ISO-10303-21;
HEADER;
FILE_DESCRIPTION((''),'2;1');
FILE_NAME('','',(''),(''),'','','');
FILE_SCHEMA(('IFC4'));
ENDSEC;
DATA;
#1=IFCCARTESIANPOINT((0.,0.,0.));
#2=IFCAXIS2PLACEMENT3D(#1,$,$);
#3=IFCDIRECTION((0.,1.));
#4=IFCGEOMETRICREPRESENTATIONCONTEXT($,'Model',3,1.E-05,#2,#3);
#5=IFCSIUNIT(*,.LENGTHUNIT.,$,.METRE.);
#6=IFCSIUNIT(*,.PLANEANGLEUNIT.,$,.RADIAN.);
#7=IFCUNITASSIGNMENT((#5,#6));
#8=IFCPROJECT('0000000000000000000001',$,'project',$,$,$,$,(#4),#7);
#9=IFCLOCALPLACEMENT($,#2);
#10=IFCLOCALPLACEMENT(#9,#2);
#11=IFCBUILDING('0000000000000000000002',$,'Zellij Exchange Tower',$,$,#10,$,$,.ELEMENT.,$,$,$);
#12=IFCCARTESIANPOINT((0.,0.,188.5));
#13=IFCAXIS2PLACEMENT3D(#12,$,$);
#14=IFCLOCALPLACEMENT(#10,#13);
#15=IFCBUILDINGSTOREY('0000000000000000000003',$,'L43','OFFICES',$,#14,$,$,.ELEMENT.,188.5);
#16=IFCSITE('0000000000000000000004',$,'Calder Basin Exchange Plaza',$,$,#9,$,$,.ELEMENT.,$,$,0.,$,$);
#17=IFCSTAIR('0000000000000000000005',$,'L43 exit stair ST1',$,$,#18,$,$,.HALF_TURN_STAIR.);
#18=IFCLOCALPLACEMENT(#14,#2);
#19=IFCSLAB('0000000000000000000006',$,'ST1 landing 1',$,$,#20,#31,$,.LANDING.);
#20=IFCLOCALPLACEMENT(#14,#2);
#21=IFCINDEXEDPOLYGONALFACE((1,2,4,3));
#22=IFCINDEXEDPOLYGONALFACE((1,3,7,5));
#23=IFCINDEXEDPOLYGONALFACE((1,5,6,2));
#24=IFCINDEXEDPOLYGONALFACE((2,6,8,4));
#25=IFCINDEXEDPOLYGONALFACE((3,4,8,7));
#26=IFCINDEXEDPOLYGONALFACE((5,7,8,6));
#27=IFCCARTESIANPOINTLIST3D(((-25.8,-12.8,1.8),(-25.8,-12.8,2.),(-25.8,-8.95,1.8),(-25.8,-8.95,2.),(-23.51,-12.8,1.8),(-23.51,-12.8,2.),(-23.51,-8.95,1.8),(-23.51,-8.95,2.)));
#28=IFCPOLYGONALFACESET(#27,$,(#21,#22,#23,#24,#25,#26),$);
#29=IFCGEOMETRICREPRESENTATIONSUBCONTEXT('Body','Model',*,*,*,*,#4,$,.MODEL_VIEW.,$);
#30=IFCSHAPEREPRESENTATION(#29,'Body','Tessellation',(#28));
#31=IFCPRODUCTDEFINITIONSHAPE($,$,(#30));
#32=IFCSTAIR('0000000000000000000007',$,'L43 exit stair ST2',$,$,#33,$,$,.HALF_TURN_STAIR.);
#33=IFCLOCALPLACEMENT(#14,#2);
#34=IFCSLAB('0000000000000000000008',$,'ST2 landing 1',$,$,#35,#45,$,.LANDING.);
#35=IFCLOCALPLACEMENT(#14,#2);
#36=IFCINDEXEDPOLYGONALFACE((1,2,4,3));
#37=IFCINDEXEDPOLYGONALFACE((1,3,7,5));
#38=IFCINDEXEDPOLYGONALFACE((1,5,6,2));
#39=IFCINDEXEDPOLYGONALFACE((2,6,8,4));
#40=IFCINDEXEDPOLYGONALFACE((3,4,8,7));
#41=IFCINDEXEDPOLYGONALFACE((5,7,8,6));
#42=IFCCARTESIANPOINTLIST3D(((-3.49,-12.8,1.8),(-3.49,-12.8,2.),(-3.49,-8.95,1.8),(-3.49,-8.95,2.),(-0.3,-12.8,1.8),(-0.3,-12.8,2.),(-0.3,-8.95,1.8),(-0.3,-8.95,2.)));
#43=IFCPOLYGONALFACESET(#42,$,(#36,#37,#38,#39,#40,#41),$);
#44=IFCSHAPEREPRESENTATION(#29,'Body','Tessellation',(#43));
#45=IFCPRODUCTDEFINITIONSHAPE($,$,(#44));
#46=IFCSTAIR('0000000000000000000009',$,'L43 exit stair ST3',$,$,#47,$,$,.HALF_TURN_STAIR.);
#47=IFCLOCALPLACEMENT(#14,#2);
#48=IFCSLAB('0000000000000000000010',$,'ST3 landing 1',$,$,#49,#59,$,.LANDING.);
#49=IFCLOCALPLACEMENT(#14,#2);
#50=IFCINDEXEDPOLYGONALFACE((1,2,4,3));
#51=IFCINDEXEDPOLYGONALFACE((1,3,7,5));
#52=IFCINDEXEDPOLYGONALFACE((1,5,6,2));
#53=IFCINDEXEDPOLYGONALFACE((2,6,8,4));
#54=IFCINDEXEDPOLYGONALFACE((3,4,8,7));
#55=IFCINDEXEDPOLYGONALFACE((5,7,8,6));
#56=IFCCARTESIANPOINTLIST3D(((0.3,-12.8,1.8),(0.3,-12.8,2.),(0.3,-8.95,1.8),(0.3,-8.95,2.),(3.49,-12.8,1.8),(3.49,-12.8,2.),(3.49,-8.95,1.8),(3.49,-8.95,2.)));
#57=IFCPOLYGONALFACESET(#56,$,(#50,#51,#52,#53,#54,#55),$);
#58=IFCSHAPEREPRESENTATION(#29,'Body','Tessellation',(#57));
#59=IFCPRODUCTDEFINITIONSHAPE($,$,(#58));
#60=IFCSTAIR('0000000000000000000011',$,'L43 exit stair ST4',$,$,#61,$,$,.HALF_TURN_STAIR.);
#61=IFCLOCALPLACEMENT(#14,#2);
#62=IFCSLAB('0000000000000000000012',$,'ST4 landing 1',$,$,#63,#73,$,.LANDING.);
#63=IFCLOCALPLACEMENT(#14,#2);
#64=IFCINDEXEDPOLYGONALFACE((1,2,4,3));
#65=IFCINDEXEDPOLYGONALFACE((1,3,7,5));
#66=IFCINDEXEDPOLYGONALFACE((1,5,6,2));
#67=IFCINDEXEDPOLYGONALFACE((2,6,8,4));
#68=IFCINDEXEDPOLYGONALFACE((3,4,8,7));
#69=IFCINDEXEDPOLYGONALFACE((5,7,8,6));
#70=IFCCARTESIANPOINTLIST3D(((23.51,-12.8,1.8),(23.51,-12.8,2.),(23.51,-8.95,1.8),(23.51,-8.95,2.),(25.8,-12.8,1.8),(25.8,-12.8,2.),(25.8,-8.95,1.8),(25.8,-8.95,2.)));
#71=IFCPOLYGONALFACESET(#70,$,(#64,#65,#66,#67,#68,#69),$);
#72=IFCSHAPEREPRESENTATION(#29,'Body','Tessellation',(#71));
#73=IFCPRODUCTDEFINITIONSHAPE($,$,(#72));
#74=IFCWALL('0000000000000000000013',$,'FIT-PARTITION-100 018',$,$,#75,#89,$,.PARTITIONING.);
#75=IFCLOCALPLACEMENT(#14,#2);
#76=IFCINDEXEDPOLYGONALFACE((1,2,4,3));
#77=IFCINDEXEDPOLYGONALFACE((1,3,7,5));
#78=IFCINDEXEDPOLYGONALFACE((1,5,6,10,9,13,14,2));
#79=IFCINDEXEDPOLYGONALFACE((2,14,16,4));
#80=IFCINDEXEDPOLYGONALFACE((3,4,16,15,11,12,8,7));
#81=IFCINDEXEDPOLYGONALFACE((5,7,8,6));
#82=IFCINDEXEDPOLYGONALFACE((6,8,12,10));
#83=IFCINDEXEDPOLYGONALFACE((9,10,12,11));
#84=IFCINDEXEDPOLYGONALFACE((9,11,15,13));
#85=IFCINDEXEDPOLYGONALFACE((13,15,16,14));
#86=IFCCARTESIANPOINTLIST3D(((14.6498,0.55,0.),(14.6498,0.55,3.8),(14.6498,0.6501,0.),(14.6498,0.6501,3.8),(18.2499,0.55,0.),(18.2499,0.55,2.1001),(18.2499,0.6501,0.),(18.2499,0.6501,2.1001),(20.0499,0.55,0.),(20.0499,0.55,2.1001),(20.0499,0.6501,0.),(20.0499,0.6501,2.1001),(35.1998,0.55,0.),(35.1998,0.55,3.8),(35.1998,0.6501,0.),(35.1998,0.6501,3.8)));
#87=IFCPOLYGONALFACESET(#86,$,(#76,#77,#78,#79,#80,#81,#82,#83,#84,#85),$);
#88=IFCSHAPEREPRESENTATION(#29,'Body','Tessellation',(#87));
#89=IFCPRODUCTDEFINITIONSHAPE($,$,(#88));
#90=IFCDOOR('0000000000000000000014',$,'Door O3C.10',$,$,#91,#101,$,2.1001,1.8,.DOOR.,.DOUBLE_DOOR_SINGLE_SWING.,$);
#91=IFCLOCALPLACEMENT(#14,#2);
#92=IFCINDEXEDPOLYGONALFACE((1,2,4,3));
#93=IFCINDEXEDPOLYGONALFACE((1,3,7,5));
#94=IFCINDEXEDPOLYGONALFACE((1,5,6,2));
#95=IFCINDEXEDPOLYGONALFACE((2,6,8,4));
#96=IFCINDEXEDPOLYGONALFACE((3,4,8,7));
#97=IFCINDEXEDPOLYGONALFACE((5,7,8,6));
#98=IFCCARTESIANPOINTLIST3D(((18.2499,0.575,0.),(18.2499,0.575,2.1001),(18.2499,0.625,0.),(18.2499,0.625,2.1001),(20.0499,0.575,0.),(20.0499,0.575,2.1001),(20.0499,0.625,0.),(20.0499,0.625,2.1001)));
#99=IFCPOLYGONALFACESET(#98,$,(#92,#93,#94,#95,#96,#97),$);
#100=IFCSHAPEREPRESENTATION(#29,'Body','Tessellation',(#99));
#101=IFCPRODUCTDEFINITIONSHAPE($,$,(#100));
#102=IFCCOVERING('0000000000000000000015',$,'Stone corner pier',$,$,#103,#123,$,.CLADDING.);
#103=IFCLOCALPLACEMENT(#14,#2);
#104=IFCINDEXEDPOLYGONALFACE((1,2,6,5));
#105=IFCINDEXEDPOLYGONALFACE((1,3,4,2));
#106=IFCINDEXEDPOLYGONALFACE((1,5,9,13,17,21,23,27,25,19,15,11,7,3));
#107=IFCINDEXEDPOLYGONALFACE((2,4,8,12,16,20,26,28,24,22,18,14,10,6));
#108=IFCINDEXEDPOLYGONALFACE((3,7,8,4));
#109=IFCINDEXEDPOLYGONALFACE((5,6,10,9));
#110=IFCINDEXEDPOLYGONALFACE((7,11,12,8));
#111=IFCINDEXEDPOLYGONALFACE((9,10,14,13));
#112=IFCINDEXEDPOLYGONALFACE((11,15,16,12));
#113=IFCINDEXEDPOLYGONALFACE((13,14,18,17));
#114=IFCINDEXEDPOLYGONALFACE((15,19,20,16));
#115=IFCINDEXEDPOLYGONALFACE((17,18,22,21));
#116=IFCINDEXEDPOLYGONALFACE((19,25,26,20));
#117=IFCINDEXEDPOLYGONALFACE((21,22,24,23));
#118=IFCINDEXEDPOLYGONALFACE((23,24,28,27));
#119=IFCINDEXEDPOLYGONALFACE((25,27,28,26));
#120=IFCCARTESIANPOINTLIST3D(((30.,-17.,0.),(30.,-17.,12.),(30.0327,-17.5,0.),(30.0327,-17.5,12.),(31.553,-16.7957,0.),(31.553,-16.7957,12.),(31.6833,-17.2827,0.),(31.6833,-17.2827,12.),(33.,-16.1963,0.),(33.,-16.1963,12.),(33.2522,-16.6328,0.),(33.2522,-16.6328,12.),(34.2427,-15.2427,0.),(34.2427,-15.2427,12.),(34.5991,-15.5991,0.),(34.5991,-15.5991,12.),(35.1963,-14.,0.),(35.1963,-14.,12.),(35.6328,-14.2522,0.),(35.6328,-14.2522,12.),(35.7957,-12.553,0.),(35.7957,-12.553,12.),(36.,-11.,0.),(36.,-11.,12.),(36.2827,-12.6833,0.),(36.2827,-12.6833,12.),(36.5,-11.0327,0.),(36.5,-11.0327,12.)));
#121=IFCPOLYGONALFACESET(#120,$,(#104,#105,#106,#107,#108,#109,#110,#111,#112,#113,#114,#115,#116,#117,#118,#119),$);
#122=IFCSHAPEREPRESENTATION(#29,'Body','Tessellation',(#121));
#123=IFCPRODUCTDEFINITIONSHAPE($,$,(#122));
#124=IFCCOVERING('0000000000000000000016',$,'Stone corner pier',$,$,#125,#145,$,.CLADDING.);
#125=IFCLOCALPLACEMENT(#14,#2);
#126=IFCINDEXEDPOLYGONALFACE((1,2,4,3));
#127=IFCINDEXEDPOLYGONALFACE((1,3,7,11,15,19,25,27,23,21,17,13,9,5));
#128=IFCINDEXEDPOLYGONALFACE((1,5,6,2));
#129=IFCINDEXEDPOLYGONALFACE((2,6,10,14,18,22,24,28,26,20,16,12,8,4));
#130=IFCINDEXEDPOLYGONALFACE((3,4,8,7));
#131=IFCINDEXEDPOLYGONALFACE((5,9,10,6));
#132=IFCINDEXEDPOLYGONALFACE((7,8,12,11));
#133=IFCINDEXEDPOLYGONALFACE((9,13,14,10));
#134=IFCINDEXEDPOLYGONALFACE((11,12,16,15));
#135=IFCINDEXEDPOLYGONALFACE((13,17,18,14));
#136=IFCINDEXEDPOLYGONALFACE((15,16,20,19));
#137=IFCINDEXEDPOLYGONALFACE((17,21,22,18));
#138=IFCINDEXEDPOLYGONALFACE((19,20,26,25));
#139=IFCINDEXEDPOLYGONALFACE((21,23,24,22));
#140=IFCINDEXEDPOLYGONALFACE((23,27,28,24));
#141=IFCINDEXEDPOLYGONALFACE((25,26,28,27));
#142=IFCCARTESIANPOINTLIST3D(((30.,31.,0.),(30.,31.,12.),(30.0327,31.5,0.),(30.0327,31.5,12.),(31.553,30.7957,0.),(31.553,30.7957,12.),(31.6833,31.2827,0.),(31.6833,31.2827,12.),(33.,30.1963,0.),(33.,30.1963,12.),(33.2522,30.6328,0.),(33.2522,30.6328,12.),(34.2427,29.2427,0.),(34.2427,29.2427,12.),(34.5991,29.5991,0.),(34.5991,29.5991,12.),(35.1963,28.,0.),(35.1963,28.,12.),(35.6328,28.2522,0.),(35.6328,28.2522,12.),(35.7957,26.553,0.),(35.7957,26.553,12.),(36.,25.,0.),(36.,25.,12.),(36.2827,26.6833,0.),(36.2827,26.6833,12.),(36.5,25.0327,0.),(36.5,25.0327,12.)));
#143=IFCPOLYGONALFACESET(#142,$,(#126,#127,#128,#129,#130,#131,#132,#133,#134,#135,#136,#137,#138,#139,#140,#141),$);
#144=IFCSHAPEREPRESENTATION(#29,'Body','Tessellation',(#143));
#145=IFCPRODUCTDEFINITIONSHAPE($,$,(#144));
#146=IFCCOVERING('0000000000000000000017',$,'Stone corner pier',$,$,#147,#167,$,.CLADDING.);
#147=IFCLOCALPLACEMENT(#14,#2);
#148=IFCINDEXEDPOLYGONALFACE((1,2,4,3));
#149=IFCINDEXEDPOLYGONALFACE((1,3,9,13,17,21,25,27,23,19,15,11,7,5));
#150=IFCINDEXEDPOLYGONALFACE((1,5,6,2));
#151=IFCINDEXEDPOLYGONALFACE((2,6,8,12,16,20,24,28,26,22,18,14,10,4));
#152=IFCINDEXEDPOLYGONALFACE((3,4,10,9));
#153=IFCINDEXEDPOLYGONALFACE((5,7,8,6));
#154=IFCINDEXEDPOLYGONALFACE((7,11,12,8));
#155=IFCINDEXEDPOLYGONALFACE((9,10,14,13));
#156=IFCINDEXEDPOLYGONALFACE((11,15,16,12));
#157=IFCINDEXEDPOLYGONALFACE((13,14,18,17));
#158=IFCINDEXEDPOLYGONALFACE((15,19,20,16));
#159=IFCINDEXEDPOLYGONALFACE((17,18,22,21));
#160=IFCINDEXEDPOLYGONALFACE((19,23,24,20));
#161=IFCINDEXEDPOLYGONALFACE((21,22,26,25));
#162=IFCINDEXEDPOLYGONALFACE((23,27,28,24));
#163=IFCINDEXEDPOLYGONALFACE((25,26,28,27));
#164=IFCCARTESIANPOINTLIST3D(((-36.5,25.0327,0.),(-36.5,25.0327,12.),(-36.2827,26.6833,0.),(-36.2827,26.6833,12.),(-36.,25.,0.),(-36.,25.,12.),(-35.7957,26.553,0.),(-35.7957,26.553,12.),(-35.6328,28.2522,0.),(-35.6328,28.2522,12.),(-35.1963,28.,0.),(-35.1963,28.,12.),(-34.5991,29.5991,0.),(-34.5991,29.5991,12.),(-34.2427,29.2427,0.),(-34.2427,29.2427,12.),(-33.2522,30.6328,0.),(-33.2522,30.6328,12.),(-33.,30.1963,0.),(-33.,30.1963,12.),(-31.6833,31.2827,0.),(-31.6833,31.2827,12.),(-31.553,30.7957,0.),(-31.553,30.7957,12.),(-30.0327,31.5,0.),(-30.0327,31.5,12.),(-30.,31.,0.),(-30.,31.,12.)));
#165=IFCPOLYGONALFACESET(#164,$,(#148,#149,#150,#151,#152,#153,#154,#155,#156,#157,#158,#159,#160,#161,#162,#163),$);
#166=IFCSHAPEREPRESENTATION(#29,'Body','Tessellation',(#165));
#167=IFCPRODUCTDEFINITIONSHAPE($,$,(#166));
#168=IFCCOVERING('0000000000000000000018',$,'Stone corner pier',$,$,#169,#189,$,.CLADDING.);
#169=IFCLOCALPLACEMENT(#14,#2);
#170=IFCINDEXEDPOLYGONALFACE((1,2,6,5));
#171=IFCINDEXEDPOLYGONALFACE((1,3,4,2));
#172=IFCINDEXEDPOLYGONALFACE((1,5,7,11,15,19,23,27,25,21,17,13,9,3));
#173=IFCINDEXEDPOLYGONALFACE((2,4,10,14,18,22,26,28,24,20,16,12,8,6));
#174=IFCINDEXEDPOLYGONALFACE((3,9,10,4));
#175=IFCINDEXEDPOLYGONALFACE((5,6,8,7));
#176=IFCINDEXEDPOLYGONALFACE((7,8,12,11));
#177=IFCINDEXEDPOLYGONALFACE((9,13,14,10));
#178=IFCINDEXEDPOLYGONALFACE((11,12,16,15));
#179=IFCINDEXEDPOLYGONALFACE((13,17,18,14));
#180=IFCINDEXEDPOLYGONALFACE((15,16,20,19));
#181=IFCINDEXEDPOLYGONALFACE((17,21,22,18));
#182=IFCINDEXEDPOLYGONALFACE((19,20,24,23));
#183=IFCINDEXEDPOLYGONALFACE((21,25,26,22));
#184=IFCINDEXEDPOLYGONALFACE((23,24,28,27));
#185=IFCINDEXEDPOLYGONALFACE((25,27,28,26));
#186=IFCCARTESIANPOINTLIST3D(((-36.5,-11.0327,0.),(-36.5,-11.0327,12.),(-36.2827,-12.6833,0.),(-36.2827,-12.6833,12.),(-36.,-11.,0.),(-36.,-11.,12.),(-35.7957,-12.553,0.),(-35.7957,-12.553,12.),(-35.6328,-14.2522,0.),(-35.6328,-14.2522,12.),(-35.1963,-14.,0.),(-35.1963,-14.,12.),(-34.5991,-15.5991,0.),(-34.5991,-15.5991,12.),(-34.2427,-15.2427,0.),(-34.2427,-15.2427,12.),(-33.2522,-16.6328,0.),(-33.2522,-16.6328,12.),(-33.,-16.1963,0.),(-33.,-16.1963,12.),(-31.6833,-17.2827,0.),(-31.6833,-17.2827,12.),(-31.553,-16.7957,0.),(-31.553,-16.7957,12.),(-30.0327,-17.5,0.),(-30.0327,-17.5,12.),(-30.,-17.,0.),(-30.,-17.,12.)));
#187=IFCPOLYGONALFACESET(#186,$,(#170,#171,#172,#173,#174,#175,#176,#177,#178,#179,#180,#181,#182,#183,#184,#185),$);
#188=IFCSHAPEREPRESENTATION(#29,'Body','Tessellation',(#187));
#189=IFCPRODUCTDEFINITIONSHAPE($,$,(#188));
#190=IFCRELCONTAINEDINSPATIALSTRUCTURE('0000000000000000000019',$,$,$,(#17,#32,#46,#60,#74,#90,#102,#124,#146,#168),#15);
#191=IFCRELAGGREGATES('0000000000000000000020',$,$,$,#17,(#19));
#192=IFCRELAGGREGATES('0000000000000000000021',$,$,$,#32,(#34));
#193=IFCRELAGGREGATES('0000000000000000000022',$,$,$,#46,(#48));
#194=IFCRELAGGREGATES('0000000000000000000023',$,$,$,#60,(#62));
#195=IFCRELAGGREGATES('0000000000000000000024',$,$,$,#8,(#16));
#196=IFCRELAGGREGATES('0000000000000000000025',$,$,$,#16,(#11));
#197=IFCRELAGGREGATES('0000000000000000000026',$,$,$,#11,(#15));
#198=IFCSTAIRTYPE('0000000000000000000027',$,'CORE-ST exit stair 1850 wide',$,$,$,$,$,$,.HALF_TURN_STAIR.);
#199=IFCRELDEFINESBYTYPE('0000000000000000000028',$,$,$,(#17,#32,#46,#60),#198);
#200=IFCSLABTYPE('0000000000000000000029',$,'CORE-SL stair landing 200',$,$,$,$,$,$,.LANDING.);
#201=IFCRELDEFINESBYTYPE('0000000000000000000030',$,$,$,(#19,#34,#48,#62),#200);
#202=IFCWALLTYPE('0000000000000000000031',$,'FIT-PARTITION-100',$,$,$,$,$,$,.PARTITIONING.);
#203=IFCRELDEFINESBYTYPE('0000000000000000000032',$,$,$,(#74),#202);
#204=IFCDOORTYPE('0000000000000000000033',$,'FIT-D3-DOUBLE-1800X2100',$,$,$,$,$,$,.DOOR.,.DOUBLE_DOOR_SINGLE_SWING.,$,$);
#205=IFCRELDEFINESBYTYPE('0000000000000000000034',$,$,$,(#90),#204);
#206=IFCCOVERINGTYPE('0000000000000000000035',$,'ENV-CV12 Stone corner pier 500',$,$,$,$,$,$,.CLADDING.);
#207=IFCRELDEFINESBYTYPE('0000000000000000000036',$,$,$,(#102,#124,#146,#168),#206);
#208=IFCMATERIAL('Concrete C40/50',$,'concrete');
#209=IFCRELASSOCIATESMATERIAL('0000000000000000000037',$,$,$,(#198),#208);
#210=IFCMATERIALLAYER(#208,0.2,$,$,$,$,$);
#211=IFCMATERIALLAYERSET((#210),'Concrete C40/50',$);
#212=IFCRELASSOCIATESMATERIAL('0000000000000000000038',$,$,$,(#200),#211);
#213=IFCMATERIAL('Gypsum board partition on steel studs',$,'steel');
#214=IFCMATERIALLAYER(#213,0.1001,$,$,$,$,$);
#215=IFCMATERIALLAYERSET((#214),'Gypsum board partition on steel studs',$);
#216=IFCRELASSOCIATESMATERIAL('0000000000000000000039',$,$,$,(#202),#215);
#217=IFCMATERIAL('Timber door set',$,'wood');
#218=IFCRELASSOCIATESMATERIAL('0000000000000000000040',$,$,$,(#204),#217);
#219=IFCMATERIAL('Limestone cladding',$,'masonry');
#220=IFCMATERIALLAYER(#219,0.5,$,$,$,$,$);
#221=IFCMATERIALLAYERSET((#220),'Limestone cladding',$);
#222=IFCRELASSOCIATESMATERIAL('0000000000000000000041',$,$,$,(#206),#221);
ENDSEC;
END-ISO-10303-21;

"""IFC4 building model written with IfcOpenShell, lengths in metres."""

from ifc_helpers import new_model, si_unit, direction, frame, frame_2d, origin, place, context, subcontext, project, spatial, polyline, rectangle, outline, extrude, material, layer, layer_set, type_object, element, fill, aggregate, save


model = new_model("IFC4")

# Units and contexts
model_context = context("Model", 3, precision=1e-05, world=origin(), true_north=direction((0.0, 1.0)))
body_context = subcontext(model_context, "Body", "Model", "MODEL_VIEW")
ifc_project = project(units=[si_unit("LENGTHUNIT", "METRE"), si_unit("PLANEANGLEUNIT", "RADIAN")], contexts=[model_context])

# Site, building, storey
site_placement = place(None, origin())
site = spatial("IfcSite", under=ifc_project, at=site_placement, Name="Calder Basin Exchange Plaza", CompositionType="ELEMENT", RefElevation=0.0)
building_placement = place(site_placement, origin())
building = spatial("IfcBuilding", under=site, at=building_placement, Name="Zellij Exchange Tower", CompositionType="ELEMENT")
storey_placement = place(building_placement, frame((0.0, 0.0, 188.5)))
storey = spatial("IfcBuildingStorey", under=building, at=storey_placement, Name="L43", Description="OFFICES", CompositionType="ELEMENT", Elevation=188.5)

# Stairs, slabs
ifc_material_1 = material(Name="Concrete C40/50", Category="concrete")
stair_type = type_object("IfcStairType", Name="CORE-ST exit stair 1850 wide", PredefinedType="HALF_TURN_STAIR", material=ifc_material_1)
stair_1_placement = place(storey_placement, origin())
stair_1 = element("IfcStair", 1, at=stair_1_placement, inside=storey, type_object=stair_type, Name="L43 exit stair ST1", PredefinedType="HALF_TURN_STAIR")
ifc_layer_1 = layer(ifc_material_1, 0.2)
ifc_layer_set_1 = layer_set([ifc_layer_1], Name="Concrete C40/50")
slab_type = type_object("IfcSlabType", Name="CORE-SL stair landing 200", PredefinedType="LANDING", material=ifc_layer_set_1)
slab_1_placement = place(storey_placement, frame((0.0, 0.0, 1.8)))
slab_1 = element("IfcSlab", 2, at=slab_1_placement, type_object=slab_type, Name="ST1 landing 1", PredefinedType="LANDING", context=body_context, shape_type="SweptSolid", body=[
    extrude(outline(polyline([(-23.51, -8.95), (-25.8, -8.95), (-25.8, -12.8), (-23.51, -12.8), (-23.51, -8.95)])), origin(), (0.0, 0.0, 1.0), 0.2),
])
aggregate(stair_1, [slab_1])
stair_2_placement = place(storey_placement, origin())
stair_2 = element("IfcStair", 3, at=stair_2_placement, inside=storey, type_object=stair_type, Name="L43 exit stair ST2", PredefinedType="HALF_TURN_STAIR")
slab_2_placement = place(storey_placement, frame((0.0, 0.0, 1.8)))
slab_2 = element("IfcSlab", 4, at=slab_2_placement, type_object=slab_type, Name="ST2 landing 1", PredefinedType="LANDING", context=body_context, shape_type="SweptSolid", body=[
    extrude(outline(polyline([(-3.49, -12.8), (-0.3, -12.8), (-0.3, -8.95), (-3.49, -8.95), (-3.49, -12.8)])), origin(), (0.0, 0.0, 1.0), 0.2),
])
aggregate(stair_2, [slab_2])
stair_3_placement = place(storey_placement, origin())
stair_3 = element("IfcStair", 5, at=stair_3_placement, inside=storey, type_object=stair_type, Name="L43 exit stair ST3", PredefinedType="HALF_TURN_STAIR")
slab_3_placement = place(storey_placement, frame((0.0, 0.0, 1.8)))
slab_3 = element("IfcSlab", 6, at=slab_3_placement, type_object=slab_type, Name="ST3 landing 1", PredefinedType="LANDING", context=body_context, shape_type="SweptSolid", body=[
    extrude(outline(polyline([(3.49, -8.95), (0.3, -8.95), (0.3, -12.8), (3.49, -12.8), (3.49, -8.95)])), origin(), (0.0, 0.0, 1.0), 0.2),
])
aggregate(stair_3, [slab_3])
stair_4_placement = place(storey_placement, origin())
stair_4 = element("IfcStair", 7, at=stair_4_placement, inside=storey, type_object=stair_type, Name="L43 exit stair ST4", PredefinedType="HALF_TURN_STAIR")
slab_4_placement = place(storey_placement, frame((0.0, 0.0, 1.8)))
slab_4 = element("IfcSlab", 8, at=slab_4_placement, type_object=slab_type, Name="ST4 landing 1", PredefinedType="LANDING", context=body_context, shape_type="SweptSolid", body=[
    extrude(outline(polyline([(23.51, -12.8), (25.8, -12.8), (25.8, -8.95), (23.51, -8.95), (23.51, -12.8)])), origin(), (0.0, 0.0, 1.0), 0.2),
])
aggregate(stair_4, [slab_4])

# Wall, opening, door
ifc_material_2 = material(Name="Gypsum board partition on steel studs", Category="steel")
ifc_layer_2 = layer(ifc_material_2, 0.1001)
ifc_layer_set_2 = layer_set([ifc_layer_2], Name="Gypsum board partition on steel studs")
wall_type = type_object("IfcWallType", Name="FIT-PARTITION-100", PredefinedType="PARTITIONING", material=ifc_layer_set_2)
wall_placement = place(storey_placement, frame((14.6499, 0.6001, 0.0), z_axis=(0.0, 0.0, 1.0), x_axis=(1.0, 0.0, 0.0)))
wall = element("IfcWall", 9, at=wall_placement, inside=storey, type_object=wall_type, Name="FIT-PARTITION-100 018", PredefinedType="PARTITIONING", context=body_context, shape_type="SweptSolid", body=[
    extrude(rectangle(XDim=20.55, YDim=0.1001, at=frame_2d((10.2749, 0.0))), origin(), (0.0, 0.0, 1.0), 3.8),
])
opening_placement = place(wall_placement, frame((3.6001, 0.0, 0.0)))
opening = element("IfcOpeningElement", 10, at=opening_placement, cuts=wall, PredefinedType="OPENING", context=body_context, shape_type="SweptSolid", body=[
    extrude(rectangle(XDim=1.8, YDim=2.1001, at=frame_2d((0.8999, 1.05))), frame((0.0, 0.062, 0.0), z_axis=(0.0, -1.0, 0.0), x_axis=(1.0, 0.0, 0.0)), (0.0, 0.0, 1.0), 0.124),
])
ifc_material_3 = material(Name="Timber door set", Category="wood")
door_type = type_object("IfcDoorType", Name="FIT-D3-DOUBLE-1800X2100", OperationType="DOUBLE_DOOR_SINGLE_SWING", PredefinedType="DOOR", material=ifc_material_3)
door_placement = place(opening_placement, origin())
door = element("IfcDoor", 11, at=door_placement, inside=storey, type_object=door_type, Name="Door O3C.10", OperationType="DOUBLE_DOOR_SINGLE_SWING", OverallHeight=2.1001, OverallWidth=1.8, PredefinedType="DOOR", context=body_context, shape_type="SweptSolid", body=[
    extrude(rectangle(XDim=1.8, YDim=2.1001, at=frame_2d((0.8999, 1.05))), frame((0.0, 0.0249, 0.0), z_axis=(0.0, -1.0, 0.0), x_axis=(1.0, 0.0, 0.0)), (0.0, 0.0, 1.0), 0.05),
])
fill(opening, door)

# Coverings
ifc_material_4 = material(Name="Limestone cladding", Category="masonry")
ifc_layer_3 = layer(ifc_material_4, 0.5)
ifc_layer_set_3 = layer_set([ifc_layer_3], Name="Limestone cladding")
covering_type_1 = type_object("IfcCoveringType", Name="ENV-CV12 Stone corner pier 500", PredefinedType="CLADDING", material=ifc_layer_set_3)
covering_1_placement = place(storey_placement, origin())
element("IfcCovering", 12, at=covering_1_placement, inside=storey, type_object=covering_type_1, Name="Stone corner pier", PredefinedType="CLADDING", context=body_context, shape_type="SweptSolid", body=[
    extrude(outline(polyline([(30.0, -17.0), (31.553, -16.7957), (33.0, -16.1963), (34.2427, -15.2427), (35.1963, -14.0), (35.7957, -12.553), (36.0, -11.0), (36.5, -11.0327), (36.2827, -12.6833), (35.6328, -14.2522), (34.5991, -15.5991), (33.2522, -16.6328), (31.6833, -17.2827), (30.0327, -17.5), (30.0, -17.0)])), origin(), (0.0, 0.0, 1.0), 12.0),
])
covering_2_placement = place(storey_placement, origin())
element("IfcCovering", 13, at=covering_2_placement, inside=storey, type_object=covering_type_1, Name="Stone corner pier", PredefinedType="CLADDING", context=body_context, shape_type="SweptSolid", body=[
    extrude(outline(polyline([(36.0, 25.0), (35.7957, 26.553), (35.1963, 28.0), (34.2427, 29.2427), (33.0, 30.1963), (31.553, 30.7957), (30.0, 31.0), (30.0327, 31.5), (31.6833, 31.2827), (33.2522, 30.6328), (34.5991, 29.5991), (35.6328, 28.2522), (36.2827, 26.6833), (36.5, 25.0327), (36.0, 25.0)])), origin(), (0.0, 0.0, 1.0), 12.0),
])
covering_3_placement = place(storey_placement, origin())
element("IfcCovering", 14, at=covering_3_placement, inside=storey, type_object=covering_type_1, Name="Stone corner pier", PredefinedType="CLADDING", context=body_context, shape_type="SweptSolid", body=[
    extrude(outline(polyline([(-30.0, 31.0), (-31.553, 30.7957), (-33.0, 30.1963), (-34.2427, 29.2427), (-35.1963, 28.0), (-35.7957, 26.553), (-36.0, 25.0), (-36.5, 25.0327), (-36.2827, 26.6833), (-35.6328, 28.2522), (-34.5991, 29.5991), (-33.2522, 30.6328), (-31.6833, 31.2827), (-30.0327, 31.5), (-30.0, 31.0)])), origin(), (0.0, 0.0, 1.0), 12.0),
])
covering_4_placement = place(storey_placement, origin())
element("IfcCovering", 15, at=covering_4_placement, inside=storey, type_object=covering_type_1, Name="Stone corner pier", PredefinedType="CLADDING", context=body_context, shape_type="SweptSolid", body=[
    extrude(outline(polyline([(-36.0, -11.0), (-35.7957, -12.553), (-35.1963, -14.0), (-34.2427, -15.2427), (-33.0, -16.1963), (-31.553, -16.7957), (-30.0, -17.0), (-30.0327, -17.5), (-31.6833, -17.2827), (-33.2522, -16.6328), (-34.5991, -15.5991), (-35.6328, -14.2522), (-36.2827, -12.6833), (-36.5, -11.0327), (-36.0, -11.0)])), origin(), (0.0, 0.0, 1.0), 12.0),
])

save(model, "model.ifc")
